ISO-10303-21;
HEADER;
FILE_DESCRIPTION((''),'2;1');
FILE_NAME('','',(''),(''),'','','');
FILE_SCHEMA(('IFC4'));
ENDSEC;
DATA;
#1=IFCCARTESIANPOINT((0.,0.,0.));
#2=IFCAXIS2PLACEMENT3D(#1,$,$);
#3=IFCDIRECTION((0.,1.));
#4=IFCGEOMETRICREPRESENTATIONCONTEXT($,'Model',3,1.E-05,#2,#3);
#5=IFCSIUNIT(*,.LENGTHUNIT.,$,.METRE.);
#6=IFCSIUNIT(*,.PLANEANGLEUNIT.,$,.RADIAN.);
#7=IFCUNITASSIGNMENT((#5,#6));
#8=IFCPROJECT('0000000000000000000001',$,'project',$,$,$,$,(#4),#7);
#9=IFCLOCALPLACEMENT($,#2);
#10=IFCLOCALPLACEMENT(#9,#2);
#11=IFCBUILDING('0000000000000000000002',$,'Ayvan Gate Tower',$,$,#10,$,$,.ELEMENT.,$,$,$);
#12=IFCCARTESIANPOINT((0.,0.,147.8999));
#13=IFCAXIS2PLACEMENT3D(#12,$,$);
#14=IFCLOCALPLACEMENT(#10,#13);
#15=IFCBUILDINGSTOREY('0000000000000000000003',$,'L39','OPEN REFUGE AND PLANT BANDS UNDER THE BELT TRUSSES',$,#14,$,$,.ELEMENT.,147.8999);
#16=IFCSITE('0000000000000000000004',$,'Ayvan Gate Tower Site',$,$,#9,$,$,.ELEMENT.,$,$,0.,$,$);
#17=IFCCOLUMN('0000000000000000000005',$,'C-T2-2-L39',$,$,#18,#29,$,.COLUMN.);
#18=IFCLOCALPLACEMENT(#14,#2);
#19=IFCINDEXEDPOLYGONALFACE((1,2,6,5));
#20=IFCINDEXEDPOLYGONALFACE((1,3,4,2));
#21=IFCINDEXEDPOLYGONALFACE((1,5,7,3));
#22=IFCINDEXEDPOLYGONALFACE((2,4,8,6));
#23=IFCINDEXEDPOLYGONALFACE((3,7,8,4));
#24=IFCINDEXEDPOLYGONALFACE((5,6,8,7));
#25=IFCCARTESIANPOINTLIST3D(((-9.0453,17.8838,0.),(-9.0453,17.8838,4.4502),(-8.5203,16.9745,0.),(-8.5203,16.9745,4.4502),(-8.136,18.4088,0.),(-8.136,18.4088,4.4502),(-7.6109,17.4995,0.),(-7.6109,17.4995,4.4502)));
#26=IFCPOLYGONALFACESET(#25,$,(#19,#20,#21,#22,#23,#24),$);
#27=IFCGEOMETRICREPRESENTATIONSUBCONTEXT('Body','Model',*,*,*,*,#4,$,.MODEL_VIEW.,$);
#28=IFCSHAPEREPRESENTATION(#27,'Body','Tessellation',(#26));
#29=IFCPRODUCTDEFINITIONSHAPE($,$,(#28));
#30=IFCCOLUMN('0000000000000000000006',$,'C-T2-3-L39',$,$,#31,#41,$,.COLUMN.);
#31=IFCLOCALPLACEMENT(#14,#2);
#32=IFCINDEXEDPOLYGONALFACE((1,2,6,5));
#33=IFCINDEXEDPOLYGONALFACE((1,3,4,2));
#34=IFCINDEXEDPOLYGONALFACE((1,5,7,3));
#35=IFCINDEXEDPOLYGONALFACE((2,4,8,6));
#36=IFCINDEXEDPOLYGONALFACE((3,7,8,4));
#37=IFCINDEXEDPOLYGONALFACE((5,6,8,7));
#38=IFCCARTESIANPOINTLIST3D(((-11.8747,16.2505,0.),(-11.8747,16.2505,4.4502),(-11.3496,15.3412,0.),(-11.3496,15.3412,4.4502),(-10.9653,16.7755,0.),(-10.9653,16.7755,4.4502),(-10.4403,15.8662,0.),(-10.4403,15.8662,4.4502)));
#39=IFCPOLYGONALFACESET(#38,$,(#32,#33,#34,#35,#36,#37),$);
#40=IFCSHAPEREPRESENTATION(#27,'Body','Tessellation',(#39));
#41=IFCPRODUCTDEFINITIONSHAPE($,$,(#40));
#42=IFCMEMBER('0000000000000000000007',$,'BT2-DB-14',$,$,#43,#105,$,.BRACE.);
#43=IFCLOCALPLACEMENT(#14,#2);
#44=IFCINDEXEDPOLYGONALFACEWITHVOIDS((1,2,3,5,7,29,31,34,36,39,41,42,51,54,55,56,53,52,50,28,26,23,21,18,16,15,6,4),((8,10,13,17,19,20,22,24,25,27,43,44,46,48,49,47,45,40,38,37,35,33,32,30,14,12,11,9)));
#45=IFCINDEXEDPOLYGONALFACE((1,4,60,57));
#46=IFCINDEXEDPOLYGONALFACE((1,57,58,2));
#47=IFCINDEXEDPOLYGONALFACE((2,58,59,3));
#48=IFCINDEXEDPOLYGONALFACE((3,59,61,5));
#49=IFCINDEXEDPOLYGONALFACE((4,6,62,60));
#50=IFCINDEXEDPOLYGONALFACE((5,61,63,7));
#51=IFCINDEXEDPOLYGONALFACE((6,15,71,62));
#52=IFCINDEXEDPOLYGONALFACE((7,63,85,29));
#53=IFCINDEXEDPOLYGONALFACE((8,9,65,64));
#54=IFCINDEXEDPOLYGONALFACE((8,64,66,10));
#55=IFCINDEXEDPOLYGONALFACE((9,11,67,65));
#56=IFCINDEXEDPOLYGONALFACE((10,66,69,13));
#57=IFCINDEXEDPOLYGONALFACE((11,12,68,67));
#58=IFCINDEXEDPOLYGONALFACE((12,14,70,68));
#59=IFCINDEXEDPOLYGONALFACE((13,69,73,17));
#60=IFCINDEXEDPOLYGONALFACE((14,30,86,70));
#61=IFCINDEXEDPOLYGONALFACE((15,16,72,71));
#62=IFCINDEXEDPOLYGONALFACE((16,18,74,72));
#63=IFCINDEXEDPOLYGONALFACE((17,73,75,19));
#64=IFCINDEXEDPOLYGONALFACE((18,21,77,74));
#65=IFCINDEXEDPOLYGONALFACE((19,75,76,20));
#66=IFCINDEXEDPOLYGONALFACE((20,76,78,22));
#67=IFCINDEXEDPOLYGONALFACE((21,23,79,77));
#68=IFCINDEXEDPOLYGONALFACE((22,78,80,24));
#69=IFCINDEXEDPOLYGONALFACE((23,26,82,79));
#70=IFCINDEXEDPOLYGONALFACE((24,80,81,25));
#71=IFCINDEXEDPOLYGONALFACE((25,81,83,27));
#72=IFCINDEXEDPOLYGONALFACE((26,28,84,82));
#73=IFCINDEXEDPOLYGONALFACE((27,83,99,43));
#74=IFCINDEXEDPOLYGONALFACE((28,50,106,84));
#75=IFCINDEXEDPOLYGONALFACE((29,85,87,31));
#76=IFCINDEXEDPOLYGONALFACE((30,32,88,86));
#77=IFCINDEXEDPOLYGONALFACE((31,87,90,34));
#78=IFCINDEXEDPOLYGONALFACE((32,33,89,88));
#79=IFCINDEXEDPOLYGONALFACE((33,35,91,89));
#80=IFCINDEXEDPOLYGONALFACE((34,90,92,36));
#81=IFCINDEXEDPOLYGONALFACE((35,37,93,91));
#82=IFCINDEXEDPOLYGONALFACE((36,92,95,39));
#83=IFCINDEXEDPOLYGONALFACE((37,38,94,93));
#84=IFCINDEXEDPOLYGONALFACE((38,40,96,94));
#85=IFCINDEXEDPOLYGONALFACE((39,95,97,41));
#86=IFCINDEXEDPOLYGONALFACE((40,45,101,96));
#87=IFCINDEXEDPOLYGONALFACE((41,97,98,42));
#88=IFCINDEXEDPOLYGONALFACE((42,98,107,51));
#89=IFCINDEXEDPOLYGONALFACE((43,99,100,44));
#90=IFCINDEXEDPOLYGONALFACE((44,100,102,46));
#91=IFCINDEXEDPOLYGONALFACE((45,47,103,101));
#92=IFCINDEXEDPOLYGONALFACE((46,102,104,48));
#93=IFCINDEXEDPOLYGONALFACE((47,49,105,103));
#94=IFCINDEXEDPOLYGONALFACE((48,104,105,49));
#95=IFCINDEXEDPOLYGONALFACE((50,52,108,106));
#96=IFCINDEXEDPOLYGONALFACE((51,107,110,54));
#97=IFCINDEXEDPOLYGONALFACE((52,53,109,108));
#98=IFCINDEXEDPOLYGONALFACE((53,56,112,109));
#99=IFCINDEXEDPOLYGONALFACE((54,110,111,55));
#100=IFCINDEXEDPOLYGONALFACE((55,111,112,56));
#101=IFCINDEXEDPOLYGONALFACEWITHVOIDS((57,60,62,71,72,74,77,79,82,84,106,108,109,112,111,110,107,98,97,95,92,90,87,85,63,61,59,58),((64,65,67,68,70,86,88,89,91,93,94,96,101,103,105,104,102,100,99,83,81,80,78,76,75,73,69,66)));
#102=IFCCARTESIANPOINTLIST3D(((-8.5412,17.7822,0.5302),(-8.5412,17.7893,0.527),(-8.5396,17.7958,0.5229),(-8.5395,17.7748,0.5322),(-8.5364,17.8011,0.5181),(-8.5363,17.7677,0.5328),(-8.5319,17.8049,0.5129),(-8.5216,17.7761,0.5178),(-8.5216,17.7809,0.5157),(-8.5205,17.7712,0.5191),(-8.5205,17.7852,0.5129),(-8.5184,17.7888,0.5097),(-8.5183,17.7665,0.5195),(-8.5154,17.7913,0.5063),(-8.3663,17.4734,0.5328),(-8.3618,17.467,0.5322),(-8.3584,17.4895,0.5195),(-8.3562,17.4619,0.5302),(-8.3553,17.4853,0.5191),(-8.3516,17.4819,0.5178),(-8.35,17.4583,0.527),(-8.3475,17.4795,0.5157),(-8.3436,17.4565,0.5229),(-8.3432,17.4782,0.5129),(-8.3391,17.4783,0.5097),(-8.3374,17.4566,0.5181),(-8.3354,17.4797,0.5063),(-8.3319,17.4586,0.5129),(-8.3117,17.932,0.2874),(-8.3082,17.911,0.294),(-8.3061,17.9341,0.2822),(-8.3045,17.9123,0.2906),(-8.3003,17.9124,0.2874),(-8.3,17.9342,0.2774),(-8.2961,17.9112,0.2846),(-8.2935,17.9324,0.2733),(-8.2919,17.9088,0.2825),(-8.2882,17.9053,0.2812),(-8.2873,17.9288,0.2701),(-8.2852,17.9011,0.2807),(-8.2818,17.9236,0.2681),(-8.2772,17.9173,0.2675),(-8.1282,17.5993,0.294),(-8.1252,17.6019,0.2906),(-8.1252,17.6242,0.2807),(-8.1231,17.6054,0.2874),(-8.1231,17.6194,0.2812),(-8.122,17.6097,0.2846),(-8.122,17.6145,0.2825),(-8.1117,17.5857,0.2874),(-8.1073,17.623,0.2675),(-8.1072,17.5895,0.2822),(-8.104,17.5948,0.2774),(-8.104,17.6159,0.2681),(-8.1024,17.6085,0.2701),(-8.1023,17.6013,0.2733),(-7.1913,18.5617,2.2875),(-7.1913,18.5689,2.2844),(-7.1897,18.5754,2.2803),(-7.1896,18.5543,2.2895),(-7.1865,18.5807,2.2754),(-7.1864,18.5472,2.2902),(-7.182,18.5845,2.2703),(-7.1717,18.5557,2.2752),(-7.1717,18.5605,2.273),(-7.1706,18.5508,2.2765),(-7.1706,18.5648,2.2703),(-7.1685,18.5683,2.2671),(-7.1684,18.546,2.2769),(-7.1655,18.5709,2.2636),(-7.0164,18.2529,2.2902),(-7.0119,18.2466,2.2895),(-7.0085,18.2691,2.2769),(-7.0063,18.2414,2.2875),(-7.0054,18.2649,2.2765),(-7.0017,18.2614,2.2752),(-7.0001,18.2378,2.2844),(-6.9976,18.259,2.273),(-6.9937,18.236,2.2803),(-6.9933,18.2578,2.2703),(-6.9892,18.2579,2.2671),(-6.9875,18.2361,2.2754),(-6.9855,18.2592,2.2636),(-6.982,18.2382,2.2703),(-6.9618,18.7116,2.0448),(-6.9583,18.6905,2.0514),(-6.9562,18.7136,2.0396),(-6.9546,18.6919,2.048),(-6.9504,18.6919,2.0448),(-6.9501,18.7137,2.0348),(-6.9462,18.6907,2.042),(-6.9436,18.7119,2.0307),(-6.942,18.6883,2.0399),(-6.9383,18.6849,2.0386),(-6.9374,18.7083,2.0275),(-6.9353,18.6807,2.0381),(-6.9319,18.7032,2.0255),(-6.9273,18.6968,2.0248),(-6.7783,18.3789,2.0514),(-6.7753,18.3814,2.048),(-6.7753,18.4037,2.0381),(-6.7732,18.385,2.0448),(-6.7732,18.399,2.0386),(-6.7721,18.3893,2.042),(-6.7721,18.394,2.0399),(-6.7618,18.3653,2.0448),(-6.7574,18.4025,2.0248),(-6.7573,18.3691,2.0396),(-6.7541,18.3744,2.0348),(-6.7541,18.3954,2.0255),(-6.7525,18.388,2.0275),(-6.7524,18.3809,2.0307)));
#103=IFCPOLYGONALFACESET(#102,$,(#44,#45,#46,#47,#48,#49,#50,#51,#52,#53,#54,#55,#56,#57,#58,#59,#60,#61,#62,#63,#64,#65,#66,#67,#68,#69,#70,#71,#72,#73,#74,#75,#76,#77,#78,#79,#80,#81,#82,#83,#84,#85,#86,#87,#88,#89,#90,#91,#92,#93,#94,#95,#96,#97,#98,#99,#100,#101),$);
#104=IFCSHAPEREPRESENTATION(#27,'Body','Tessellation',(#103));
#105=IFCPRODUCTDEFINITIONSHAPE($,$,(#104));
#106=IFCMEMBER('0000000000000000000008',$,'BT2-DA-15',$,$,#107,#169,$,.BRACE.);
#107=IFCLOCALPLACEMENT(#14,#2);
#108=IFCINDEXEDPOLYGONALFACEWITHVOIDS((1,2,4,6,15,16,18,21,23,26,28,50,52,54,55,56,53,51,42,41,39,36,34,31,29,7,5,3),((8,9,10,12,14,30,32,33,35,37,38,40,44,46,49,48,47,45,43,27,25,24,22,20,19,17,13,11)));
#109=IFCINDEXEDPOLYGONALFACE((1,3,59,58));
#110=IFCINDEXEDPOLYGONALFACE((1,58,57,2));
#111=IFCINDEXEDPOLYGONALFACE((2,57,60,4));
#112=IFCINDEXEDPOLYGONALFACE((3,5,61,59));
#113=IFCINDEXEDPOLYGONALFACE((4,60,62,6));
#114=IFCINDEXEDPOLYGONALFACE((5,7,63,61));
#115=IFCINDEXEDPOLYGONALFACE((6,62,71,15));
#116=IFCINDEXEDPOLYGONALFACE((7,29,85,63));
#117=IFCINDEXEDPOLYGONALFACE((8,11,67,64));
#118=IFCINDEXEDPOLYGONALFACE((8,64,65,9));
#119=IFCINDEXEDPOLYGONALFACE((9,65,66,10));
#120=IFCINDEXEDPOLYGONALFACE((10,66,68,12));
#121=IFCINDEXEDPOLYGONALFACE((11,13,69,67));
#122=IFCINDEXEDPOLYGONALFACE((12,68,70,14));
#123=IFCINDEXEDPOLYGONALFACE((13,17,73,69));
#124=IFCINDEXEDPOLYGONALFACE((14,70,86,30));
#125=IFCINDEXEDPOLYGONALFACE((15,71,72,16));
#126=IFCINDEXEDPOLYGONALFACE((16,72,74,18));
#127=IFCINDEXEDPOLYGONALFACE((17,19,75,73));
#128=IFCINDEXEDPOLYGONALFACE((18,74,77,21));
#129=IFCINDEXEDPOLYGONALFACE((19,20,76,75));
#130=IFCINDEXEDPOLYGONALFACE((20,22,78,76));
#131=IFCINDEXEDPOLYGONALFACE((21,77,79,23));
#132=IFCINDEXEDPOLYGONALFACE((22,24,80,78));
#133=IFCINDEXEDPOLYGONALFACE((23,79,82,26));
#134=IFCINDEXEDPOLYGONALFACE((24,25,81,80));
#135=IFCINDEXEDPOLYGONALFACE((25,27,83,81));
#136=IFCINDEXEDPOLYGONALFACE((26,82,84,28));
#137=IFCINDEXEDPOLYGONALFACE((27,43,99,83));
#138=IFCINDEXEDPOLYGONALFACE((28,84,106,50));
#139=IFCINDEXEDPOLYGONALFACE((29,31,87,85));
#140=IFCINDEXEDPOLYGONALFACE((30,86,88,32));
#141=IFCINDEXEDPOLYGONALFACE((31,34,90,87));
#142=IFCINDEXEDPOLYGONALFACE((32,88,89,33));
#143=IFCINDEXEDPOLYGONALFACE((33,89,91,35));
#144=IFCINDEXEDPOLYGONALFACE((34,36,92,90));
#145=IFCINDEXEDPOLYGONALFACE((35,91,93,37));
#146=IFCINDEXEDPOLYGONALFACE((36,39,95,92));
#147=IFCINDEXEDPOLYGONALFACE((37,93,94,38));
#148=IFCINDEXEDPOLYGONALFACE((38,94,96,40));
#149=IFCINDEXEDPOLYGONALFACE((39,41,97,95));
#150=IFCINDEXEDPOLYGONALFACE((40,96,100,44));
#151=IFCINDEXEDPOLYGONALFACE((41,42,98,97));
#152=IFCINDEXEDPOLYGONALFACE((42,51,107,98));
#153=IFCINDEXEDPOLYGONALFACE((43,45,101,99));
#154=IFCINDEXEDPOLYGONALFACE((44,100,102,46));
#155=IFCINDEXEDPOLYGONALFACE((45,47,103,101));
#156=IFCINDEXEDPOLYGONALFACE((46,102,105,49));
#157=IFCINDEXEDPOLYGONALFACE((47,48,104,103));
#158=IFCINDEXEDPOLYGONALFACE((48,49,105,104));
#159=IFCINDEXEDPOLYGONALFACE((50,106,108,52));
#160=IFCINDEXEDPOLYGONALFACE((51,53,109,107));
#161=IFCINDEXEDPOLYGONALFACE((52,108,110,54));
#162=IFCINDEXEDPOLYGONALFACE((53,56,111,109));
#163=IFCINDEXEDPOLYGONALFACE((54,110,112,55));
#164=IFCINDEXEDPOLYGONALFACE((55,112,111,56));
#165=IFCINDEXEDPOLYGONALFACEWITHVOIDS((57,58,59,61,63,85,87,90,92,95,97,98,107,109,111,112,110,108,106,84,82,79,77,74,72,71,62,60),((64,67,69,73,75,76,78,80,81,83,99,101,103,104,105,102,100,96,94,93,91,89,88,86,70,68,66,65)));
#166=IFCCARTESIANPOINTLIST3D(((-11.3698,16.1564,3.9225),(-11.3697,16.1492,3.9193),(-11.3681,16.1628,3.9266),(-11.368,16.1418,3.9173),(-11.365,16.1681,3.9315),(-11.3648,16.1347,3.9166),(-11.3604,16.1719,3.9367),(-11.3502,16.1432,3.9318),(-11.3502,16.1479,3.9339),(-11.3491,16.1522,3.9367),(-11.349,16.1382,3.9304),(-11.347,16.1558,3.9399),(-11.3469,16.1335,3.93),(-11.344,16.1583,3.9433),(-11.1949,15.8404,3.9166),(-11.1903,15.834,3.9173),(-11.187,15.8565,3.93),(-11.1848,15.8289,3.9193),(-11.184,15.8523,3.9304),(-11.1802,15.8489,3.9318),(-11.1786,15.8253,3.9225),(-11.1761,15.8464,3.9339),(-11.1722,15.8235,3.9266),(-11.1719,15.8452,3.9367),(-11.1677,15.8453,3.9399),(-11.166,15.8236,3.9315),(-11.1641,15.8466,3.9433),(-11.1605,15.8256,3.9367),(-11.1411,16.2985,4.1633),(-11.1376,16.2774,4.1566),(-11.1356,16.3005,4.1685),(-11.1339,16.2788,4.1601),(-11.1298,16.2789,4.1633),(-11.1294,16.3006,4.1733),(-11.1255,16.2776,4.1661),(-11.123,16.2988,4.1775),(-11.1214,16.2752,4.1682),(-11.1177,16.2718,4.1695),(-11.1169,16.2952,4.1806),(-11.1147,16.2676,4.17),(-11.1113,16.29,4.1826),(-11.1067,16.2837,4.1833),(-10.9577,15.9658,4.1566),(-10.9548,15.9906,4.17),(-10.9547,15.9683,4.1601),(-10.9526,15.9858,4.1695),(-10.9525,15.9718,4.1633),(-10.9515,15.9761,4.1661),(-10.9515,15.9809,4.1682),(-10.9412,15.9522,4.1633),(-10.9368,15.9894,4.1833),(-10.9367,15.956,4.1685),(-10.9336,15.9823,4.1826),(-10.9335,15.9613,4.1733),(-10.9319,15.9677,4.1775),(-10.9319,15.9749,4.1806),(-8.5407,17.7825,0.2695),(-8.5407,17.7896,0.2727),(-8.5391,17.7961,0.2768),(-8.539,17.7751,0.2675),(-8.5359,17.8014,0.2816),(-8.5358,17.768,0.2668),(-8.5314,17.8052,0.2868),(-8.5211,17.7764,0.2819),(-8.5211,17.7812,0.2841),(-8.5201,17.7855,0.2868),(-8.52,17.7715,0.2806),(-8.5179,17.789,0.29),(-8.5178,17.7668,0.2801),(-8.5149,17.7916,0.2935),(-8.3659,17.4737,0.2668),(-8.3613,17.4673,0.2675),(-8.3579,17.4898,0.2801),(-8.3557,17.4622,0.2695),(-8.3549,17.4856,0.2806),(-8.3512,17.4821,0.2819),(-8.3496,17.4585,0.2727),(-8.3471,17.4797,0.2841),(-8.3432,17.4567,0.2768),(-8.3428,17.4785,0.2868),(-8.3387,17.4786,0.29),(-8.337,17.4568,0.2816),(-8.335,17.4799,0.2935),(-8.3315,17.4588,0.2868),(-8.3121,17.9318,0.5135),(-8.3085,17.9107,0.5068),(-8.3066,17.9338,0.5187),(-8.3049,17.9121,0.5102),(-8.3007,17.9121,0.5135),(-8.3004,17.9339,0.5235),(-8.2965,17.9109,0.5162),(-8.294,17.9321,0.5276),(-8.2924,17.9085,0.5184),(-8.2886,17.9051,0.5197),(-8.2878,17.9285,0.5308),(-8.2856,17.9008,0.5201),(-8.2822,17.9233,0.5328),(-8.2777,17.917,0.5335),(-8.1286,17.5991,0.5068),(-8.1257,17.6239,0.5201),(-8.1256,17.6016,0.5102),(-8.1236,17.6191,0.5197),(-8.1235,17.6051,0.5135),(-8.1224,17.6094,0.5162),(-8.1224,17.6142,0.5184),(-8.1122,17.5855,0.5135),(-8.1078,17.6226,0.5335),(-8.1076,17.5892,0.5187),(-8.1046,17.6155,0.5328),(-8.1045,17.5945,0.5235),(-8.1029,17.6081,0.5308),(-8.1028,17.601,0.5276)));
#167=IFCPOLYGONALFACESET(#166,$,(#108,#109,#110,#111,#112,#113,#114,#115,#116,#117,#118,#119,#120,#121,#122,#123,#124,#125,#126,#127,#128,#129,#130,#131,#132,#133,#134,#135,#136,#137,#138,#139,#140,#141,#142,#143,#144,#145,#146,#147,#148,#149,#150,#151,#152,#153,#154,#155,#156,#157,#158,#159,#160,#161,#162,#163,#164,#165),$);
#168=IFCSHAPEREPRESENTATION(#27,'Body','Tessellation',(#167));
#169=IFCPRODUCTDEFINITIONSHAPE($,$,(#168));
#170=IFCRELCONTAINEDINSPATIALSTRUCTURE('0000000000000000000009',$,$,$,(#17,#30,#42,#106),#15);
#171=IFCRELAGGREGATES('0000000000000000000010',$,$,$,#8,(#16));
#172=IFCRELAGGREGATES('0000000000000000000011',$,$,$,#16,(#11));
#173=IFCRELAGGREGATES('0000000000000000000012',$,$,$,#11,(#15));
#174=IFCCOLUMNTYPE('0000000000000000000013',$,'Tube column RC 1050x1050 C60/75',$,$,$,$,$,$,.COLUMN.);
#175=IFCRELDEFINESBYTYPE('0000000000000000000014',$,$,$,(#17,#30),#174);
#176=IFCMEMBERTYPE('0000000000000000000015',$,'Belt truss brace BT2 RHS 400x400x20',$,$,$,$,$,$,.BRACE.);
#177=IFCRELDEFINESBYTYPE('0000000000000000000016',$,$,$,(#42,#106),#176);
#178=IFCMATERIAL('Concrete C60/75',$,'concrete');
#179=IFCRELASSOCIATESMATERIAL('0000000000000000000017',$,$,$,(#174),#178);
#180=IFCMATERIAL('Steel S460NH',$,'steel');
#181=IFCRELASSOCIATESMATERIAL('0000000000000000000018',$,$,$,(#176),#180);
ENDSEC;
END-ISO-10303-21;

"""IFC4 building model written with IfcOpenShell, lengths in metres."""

from ifc_helpers import new_model, si_unit, direction, frame, origin, origin_2d, place, context, subcontext, project, spatial, rectangle, hollow_rectangle, extrude, material, material_profile, profile_set, type_object, element, save


model = new_model("IFC4")

# Units and contexts
model_context = context("Model", 3, precision=1e-05, world=origin(), true_north=direction((0.0, 1.0)))
body_context = subcontext(model_context, "Body", "Model", "MODEL_VIEW")
ifc_project = project(units=[si_unit("LENGTHUNIT", "METRE"), si_unit("PLANEANGLEUNIT", "RADIAN")], contexts=[model_context])

# Site, building, storey
site_placement = place(None, origin())
site = spatial("IfcSite", under=ifc_project, at=site_placement, Name="Ayvan Gate Tower Site", CompositionType="ELEMENT", RefElevation=0.0)
building_placement = place(site_placement, origin())
building = spatial("IfcBuilding", under=site, at=building_placement, Name="Ayvan Gate Tower", CompositionType="ELEMENT")
storey_placement = place(building_placement, frame((0.0, 0.0, 147.8999)))
storey = spatial("IfcBuildingStorey", under=building, at=storey_placement, Name="L39", Description="OPEN REFUGE AND PLANT BANDS UNDER THE BELT TRUSSES", CompositionType="ELEMENT", Elevation=147.8999)

# Columns
ifc_material_1 = material(Name="Concrete C60/75", Category="concrete")
ifc_material_profile_1 = material_profile(ifc_material_1, rectangle(XDim=1.05, YDim=1.05, at=origin_2d()), Name="RC 1050x1050")
ifc_profile_set_1 = profile_set([ifc_material_profile_1], Name="Concrete C60/75")
column_type = type_object("IfcColumnType", Name="Tube column RC 1050x1050 C60/75", PredefinedType="COLUMN", material=ifc_profile_set_1)
for number, where, z_axis, x_axis, name in (
    (1, (-8.3281, 17.6917, 0.0), (0.0, 0.0, 1.0), (-0.5, 0.866025, 0.0), "C-T2-2-L39"),
    (2, (-11.1575, 16.0583, 0.0), (0.0, 0.0, 1.0), (-0.5, 0.866025, 0.0), "C-T2-3-L39"),
):
    element("IfcColumn", number, at=place(storey_placement, frame(where, z_axis=z_axis, x_axis=x_axis)), inside=storey, type_object=column_type, Name=name, PredefinedType="COLUMN", context=body_context, shape_type="SweptSolid", body=[
        extrude(rectangle(XDim=1.05, YDim=1.05, at=origin_2d()), origin(), (0.0, 0.0, 1.0), 4.4502),
    ])

# Members
ifc_material_2 = material(Name="Steel S460NH", Category="steel")
ifc_material_profile_2 = material_profile(ifc_material_2, hollow_rectangle(XDim=0.3999, YDim=0.3999, WallThickness=0.02, InnerFilletRadius=0.02, OuterFilletRadius=0.03, at=origin_2d()), Name="RHS 400x400x20")
ifc_profile_set_2 = profile_set([ifc_material_profile_2], Name="Steel S460NH")
member_type_1 = type_object("IfcMemberType", Name="Belt truss brace BT2 RHS 400x400x20", PredefinedType="BRACE", material=ifc_profile_set_2)
member_1_placement = place(storey_placement, frame((-8.3218, 17.6953, 0.4001), z_axis=(0.574641, 0.331856, 0.748104), x_axis=(-0.500098, 0.865969, 0.0)))
element("IfcMember", 3, at=member_1_placement, inside=storey, type_object=member_type_1, Name="BT2-DB-14", PredefinedType="BRACE", context=body_context, shape_type="SweptSolid", body=[
    extrude(hollow_rectangle(XDim=0.3999, YDim=0.3999, WallThickness=0.02, InnerFilletRadius=0.02, OuterFilletRadius=0.03, at=origin_2d()), origin(), (0.0, 0.0, 1.0), 2.3491),
])
member_2_placement = place(storey_placement, frame((-8.3218, 17.6953, 0.4001), z_axis=(-0.577569, -0.333443, 0.745138), x_axis=(0.499981, -0.866036, 0.0)))
element("IfcMember", 4, at=member_2_placement, inside=storey, type_object=member_type_1, Name="BT2-DA-15", PredefinedType="BRACE", context=body_context, shape_type="SweptSolid", body=[
    extrude(hollow_rectangle(XDim=0.3999, YDim=0.3999, WallThickness=0.02, InnerFilletRadius=0.02, OuterFilletRadius=0.03, at=origin_2d()), origin(), (0.0, 0.0, 1.0), 4.8982),
])

save(model, "model.ifc")
